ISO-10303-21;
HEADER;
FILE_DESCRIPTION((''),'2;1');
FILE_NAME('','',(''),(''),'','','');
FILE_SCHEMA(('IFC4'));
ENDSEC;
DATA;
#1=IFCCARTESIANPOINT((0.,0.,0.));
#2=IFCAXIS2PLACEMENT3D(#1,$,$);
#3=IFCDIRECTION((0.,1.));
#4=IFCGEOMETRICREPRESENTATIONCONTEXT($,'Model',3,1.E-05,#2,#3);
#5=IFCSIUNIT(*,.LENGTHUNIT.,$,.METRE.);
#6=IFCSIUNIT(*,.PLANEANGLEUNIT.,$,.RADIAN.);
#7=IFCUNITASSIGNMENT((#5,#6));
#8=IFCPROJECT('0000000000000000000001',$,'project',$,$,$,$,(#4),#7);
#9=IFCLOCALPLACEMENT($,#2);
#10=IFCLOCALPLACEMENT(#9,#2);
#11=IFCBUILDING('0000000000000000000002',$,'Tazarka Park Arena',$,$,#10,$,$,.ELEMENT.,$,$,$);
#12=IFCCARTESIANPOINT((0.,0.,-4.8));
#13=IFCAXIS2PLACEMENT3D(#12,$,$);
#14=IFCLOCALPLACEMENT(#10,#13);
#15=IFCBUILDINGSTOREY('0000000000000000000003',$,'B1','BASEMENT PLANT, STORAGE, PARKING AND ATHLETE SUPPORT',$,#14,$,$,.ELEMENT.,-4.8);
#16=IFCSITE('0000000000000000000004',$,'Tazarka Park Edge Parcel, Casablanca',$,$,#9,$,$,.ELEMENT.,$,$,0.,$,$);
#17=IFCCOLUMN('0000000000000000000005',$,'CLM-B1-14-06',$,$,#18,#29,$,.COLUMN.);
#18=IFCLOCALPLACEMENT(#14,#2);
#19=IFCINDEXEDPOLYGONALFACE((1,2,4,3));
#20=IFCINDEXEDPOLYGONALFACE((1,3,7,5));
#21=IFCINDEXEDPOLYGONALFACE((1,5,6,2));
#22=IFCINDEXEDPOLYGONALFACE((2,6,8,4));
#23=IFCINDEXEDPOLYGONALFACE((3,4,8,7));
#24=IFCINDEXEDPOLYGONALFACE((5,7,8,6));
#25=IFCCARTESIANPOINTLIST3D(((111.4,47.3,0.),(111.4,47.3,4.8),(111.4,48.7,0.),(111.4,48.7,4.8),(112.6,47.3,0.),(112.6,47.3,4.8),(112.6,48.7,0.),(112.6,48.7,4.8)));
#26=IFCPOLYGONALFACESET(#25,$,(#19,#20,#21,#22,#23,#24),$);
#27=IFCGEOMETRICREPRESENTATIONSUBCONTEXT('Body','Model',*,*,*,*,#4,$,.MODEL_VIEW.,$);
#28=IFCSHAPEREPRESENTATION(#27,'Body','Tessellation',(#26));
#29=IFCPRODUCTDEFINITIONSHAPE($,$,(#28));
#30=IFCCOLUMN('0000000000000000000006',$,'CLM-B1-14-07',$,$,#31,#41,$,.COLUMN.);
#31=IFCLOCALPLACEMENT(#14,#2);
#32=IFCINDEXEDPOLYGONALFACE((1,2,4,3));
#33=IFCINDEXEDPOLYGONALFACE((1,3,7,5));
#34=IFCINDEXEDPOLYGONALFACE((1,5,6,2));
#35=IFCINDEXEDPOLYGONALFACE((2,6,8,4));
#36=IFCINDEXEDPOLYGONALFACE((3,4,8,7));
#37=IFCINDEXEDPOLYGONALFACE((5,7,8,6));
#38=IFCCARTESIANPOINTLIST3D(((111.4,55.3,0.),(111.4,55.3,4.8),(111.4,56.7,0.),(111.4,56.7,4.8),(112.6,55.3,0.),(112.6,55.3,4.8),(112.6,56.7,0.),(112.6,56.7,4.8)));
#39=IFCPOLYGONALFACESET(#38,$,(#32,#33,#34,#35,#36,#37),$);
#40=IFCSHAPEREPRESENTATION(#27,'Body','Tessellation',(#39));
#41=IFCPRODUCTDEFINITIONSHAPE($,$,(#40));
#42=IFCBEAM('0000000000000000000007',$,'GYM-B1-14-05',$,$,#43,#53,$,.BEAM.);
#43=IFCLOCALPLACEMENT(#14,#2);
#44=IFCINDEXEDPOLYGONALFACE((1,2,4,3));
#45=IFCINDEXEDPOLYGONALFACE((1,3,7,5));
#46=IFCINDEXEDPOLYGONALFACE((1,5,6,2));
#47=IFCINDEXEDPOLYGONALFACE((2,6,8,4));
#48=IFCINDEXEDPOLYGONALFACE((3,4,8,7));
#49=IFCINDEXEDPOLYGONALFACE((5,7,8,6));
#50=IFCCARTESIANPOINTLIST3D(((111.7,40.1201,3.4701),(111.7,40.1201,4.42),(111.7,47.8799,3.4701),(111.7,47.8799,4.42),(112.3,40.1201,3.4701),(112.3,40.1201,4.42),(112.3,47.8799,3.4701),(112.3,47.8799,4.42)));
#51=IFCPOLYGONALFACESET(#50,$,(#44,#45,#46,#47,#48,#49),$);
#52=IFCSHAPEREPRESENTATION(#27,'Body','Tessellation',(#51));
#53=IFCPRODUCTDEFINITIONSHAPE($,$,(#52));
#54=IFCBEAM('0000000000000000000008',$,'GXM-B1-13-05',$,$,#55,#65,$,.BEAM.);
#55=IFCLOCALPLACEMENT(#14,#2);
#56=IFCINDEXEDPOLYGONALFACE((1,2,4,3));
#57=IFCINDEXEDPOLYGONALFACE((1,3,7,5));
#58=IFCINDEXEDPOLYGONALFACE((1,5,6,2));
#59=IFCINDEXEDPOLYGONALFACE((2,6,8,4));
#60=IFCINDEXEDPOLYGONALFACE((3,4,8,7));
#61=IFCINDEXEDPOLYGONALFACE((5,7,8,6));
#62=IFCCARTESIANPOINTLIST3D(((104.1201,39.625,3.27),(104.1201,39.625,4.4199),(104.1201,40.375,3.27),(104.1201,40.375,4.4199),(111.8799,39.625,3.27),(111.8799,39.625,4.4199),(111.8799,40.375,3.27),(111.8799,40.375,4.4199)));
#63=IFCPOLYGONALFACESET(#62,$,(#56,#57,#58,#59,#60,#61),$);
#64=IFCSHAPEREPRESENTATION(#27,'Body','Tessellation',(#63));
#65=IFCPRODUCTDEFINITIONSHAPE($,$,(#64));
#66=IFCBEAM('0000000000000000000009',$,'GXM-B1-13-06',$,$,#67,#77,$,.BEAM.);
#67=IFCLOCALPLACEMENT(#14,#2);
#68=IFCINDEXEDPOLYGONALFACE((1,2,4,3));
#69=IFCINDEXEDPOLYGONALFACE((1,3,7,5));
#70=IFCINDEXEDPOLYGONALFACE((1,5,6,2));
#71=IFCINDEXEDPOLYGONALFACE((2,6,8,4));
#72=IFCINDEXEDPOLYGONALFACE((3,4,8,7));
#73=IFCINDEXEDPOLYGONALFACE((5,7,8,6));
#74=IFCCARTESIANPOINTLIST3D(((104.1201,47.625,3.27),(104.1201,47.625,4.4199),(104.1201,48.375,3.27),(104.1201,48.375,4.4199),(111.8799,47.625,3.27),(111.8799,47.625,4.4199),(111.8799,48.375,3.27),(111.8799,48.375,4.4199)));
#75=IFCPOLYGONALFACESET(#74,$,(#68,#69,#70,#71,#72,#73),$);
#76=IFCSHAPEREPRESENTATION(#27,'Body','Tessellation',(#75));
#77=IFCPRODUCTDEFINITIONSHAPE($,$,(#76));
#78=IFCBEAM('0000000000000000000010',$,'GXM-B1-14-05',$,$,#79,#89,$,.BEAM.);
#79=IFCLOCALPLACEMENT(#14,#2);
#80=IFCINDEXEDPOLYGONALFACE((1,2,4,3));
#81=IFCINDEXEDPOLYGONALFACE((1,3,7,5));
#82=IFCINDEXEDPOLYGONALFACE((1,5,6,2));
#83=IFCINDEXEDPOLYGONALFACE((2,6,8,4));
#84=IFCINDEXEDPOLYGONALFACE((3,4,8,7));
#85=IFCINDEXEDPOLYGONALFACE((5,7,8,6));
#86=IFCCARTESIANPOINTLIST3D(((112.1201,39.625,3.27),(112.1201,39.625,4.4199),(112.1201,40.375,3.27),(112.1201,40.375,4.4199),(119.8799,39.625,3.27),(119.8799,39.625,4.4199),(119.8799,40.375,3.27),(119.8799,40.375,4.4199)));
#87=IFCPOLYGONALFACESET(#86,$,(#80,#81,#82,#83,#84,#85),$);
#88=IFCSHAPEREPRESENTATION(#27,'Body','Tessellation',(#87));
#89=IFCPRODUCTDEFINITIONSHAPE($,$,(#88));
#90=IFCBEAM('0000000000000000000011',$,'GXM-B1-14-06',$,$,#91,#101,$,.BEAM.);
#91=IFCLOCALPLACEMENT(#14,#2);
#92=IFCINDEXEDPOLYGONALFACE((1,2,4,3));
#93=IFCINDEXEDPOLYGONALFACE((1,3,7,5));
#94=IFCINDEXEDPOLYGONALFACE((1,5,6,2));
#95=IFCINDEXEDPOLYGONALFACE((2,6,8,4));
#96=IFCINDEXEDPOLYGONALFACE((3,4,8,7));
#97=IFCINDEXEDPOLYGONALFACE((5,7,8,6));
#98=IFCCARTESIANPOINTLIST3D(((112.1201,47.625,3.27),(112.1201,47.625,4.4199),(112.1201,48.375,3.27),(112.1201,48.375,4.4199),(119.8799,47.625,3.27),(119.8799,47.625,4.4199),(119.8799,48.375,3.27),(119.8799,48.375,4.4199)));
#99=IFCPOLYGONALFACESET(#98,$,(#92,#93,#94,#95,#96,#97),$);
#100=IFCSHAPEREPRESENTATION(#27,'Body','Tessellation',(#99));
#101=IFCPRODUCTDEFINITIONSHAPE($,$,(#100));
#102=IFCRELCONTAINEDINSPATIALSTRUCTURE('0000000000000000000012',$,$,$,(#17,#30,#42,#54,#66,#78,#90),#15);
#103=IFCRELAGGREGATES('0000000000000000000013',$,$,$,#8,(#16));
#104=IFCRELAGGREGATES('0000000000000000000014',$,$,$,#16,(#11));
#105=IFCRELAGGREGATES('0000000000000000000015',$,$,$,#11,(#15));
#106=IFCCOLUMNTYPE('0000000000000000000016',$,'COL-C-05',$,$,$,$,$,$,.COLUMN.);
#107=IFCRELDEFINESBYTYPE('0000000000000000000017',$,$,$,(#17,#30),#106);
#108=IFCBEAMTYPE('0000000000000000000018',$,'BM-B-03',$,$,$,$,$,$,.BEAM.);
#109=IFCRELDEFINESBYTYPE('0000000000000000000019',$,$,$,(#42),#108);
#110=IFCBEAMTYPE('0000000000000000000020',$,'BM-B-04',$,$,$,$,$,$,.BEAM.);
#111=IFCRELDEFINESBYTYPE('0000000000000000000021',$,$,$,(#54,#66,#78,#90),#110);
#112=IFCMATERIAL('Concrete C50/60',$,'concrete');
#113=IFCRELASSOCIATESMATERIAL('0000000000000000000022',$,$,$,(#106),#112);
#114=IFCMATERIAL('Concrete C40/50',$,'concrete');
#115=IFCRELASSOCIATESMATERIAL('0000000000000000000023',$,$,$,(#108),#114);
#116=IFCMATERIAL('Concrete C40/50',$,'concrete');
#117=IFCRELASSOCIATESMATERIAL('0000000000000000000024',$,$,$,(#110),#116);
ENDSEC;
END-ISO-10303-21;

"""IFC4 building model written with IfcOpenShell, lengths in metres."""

from ifc_helpers import new_model, si_unit, direction, frame, origin, origin_2d, place, context, subcontext, project, spatial, rectangle, extrude, material, material_profile, profile_set, type_object, element, save


model = new_model("IFC4")

# Units and contexts
model_context = context("Model", 3, precision=1e-05, world=origin(), true_north=direction((0.0, 1.0)))
body_context = subcontext(model_context, "Body", "Model", "MODEL_VIEW")
ifc_project = project(units=[si_unit("LENGTHUNIT", "METRE"), si_unit("PLANEANGLEUNIT", "RADIAN")], contexts=[model_context])

# Site, building, storey
site_placement = place(None, origin())
site = spatial("IfcSite", under=ifc_project, at=site_placement, Name="Tazarka Park Edge Parcel, Casablanca", CompositionType="ELEMENT", RefElevation=0.0)
building_placement = place(site_placement, origin())
building = spatial("IfcBuilding", under=site, at=building_placement, Name="Tazarka Park Arena", CompositionType="ELEMENT")
storey_placement = place(building_placement, frame((0.0, 0.0, -4.8)))
storey = spatial("IfcBuildingStorey", under=building, at=storey_placement, Name="B1", Description="BASEMENT PLANT, STORAGE, PARKING AND ATHLETE SUPPORT", CompositionType="ELEMENT", Elevation=-4.8)

# Columns
ifc_material_1 = material(Name="Concrete C50/60", Category="concrete")
ifc_material_profile_1 = material_profile(ifc_material_1, rectangle(XDim=1.2, YDim=1.3999, at=origin_2d()), Name="Concrete C50/60")
ifc_profile_set_1 = profile_set([ifc_material_profile_1], Name="Concrete C50/60")
column_type = type_object("IfcColumnType", Name="COL-C-05", PredefinedType="COLUMN", material=ifc_profile_set_1)
for number, where, z_axis, x_axis, name in (
    (1, (112.0, 48.0, 0.0), (0.0, 0.0, 1.0), (1.0, 0.0, 0.0), "CLM-B1-14-06"),
    (2, (112.0, 56.0, 0.0), (0.0, 0.0, 1.0), (1.0, 0.0, 0.0), "CLM-B1-14-07"),
):
    element("IfcColumn", number, at=place(storey_placement, frame(where, z_axis=z_axis, x_axis=x_axis)), inside=storey, type_object=column_type, Name=name, PredefinedType="COLUMN", context=body_context, shape_type="SweptSolid", body=[
        extrude(rectangle(XDim=1.2, YDim=1.3999, at=origin_2d()), origin(), (0.0, 0.0, 1.0), 4.8),
    ])

# Beams
ifc_material_2 = material(Name="Concrete C40/50", Category="concrete")
ifc_material_profile_2 = material_profile(ifc_material_2, rectangle(XDim=0.6001, YDim=0.95, at=origin_2d()), Name="Concrete C40/50")
ifc_profile_set_2 = profile_set([ifc_material_profile_2], Name="Concrete C40/50")
beam_type_1 = type_object("IfcBeamType", Name="BM-B-03", PredefinedType="BEAM", material=ifc_profile_set_2)
beam_placement = place(storey_placement, frame((112.0, 40.1201, 3.9451), z_axis=(0.0, 1.0, 0.0), x_axis=(-1.0, 0.0, 0.0)))
element("IfcBeam", 3, at=beam_placement, inside=storey, type_object=beam_type_1, Name="GYM-B1-14-05", PredefinedType="BEAM", context=body_context, shape_type="SweptSolid", body=[
    extrude(rectangle(XDim=0.6001, YDim=0.95, at=origin_2d()), origin(), (0.0, 0.0, 1.0), 7.7598),
])
ifc_material_3 = material(Name="Concrete C40/50", Category="concrete")
ifc_material_profile_3 = material_profile(ifc_material_3, rectangle(XDim=0.75, YDim=1.1499, at=origin_2d()), Name="Concrete C40/50")
ifc_profile_set_3 = profile_set([ifc_material_profile_3], Name="Concrete C40/50")
beam_type_2 = type_object("IfcBeamType", Name="BM-B-04", PredefinedType="BEAM", material=ifc_profile_set_3)
for number, where, z_axis, x_axis, name in (
    (4, (104.1201, 40.0, 3.845), (1.0, 0.0, 0.0), (0.0, 1.0, 0.0), "GXM-B1-13-05"),
    (5, (104.1201, 48.0, 3.845), (1.0, 0.0, 0.0), (0.0, 1.0, 0.0), "GXM-B1-13-06"),
    (6, (112.1201, 40.0, 3.845), (1.0, 0.0, 0.0), (0.0, 1.0, 0.0), "GXM-B1-14-05"),
    (7, (112.1201, 48.0, 3.845), (1.0, 0.0, 0.0), (0.0, 1.0, 0.0), "GXM-B1-14-06"),
):
    element("IfcBeam", number, at=place(storey_placement, frame(where, z_axis=z_axis, x_axis=x_axis)), inside=storey, type_object=beam_type_2, Name=name, PredefinedType="BEAM", context=body_context, shape_type="SweptSolid", body=[
        extrude(rectangle(XDim=0.75, YDim=1.1499, at=origin_2d()), origin(), (0.0, 0.0, 1.0), 7.7598),
    ])

save(model, "model.ifc")
